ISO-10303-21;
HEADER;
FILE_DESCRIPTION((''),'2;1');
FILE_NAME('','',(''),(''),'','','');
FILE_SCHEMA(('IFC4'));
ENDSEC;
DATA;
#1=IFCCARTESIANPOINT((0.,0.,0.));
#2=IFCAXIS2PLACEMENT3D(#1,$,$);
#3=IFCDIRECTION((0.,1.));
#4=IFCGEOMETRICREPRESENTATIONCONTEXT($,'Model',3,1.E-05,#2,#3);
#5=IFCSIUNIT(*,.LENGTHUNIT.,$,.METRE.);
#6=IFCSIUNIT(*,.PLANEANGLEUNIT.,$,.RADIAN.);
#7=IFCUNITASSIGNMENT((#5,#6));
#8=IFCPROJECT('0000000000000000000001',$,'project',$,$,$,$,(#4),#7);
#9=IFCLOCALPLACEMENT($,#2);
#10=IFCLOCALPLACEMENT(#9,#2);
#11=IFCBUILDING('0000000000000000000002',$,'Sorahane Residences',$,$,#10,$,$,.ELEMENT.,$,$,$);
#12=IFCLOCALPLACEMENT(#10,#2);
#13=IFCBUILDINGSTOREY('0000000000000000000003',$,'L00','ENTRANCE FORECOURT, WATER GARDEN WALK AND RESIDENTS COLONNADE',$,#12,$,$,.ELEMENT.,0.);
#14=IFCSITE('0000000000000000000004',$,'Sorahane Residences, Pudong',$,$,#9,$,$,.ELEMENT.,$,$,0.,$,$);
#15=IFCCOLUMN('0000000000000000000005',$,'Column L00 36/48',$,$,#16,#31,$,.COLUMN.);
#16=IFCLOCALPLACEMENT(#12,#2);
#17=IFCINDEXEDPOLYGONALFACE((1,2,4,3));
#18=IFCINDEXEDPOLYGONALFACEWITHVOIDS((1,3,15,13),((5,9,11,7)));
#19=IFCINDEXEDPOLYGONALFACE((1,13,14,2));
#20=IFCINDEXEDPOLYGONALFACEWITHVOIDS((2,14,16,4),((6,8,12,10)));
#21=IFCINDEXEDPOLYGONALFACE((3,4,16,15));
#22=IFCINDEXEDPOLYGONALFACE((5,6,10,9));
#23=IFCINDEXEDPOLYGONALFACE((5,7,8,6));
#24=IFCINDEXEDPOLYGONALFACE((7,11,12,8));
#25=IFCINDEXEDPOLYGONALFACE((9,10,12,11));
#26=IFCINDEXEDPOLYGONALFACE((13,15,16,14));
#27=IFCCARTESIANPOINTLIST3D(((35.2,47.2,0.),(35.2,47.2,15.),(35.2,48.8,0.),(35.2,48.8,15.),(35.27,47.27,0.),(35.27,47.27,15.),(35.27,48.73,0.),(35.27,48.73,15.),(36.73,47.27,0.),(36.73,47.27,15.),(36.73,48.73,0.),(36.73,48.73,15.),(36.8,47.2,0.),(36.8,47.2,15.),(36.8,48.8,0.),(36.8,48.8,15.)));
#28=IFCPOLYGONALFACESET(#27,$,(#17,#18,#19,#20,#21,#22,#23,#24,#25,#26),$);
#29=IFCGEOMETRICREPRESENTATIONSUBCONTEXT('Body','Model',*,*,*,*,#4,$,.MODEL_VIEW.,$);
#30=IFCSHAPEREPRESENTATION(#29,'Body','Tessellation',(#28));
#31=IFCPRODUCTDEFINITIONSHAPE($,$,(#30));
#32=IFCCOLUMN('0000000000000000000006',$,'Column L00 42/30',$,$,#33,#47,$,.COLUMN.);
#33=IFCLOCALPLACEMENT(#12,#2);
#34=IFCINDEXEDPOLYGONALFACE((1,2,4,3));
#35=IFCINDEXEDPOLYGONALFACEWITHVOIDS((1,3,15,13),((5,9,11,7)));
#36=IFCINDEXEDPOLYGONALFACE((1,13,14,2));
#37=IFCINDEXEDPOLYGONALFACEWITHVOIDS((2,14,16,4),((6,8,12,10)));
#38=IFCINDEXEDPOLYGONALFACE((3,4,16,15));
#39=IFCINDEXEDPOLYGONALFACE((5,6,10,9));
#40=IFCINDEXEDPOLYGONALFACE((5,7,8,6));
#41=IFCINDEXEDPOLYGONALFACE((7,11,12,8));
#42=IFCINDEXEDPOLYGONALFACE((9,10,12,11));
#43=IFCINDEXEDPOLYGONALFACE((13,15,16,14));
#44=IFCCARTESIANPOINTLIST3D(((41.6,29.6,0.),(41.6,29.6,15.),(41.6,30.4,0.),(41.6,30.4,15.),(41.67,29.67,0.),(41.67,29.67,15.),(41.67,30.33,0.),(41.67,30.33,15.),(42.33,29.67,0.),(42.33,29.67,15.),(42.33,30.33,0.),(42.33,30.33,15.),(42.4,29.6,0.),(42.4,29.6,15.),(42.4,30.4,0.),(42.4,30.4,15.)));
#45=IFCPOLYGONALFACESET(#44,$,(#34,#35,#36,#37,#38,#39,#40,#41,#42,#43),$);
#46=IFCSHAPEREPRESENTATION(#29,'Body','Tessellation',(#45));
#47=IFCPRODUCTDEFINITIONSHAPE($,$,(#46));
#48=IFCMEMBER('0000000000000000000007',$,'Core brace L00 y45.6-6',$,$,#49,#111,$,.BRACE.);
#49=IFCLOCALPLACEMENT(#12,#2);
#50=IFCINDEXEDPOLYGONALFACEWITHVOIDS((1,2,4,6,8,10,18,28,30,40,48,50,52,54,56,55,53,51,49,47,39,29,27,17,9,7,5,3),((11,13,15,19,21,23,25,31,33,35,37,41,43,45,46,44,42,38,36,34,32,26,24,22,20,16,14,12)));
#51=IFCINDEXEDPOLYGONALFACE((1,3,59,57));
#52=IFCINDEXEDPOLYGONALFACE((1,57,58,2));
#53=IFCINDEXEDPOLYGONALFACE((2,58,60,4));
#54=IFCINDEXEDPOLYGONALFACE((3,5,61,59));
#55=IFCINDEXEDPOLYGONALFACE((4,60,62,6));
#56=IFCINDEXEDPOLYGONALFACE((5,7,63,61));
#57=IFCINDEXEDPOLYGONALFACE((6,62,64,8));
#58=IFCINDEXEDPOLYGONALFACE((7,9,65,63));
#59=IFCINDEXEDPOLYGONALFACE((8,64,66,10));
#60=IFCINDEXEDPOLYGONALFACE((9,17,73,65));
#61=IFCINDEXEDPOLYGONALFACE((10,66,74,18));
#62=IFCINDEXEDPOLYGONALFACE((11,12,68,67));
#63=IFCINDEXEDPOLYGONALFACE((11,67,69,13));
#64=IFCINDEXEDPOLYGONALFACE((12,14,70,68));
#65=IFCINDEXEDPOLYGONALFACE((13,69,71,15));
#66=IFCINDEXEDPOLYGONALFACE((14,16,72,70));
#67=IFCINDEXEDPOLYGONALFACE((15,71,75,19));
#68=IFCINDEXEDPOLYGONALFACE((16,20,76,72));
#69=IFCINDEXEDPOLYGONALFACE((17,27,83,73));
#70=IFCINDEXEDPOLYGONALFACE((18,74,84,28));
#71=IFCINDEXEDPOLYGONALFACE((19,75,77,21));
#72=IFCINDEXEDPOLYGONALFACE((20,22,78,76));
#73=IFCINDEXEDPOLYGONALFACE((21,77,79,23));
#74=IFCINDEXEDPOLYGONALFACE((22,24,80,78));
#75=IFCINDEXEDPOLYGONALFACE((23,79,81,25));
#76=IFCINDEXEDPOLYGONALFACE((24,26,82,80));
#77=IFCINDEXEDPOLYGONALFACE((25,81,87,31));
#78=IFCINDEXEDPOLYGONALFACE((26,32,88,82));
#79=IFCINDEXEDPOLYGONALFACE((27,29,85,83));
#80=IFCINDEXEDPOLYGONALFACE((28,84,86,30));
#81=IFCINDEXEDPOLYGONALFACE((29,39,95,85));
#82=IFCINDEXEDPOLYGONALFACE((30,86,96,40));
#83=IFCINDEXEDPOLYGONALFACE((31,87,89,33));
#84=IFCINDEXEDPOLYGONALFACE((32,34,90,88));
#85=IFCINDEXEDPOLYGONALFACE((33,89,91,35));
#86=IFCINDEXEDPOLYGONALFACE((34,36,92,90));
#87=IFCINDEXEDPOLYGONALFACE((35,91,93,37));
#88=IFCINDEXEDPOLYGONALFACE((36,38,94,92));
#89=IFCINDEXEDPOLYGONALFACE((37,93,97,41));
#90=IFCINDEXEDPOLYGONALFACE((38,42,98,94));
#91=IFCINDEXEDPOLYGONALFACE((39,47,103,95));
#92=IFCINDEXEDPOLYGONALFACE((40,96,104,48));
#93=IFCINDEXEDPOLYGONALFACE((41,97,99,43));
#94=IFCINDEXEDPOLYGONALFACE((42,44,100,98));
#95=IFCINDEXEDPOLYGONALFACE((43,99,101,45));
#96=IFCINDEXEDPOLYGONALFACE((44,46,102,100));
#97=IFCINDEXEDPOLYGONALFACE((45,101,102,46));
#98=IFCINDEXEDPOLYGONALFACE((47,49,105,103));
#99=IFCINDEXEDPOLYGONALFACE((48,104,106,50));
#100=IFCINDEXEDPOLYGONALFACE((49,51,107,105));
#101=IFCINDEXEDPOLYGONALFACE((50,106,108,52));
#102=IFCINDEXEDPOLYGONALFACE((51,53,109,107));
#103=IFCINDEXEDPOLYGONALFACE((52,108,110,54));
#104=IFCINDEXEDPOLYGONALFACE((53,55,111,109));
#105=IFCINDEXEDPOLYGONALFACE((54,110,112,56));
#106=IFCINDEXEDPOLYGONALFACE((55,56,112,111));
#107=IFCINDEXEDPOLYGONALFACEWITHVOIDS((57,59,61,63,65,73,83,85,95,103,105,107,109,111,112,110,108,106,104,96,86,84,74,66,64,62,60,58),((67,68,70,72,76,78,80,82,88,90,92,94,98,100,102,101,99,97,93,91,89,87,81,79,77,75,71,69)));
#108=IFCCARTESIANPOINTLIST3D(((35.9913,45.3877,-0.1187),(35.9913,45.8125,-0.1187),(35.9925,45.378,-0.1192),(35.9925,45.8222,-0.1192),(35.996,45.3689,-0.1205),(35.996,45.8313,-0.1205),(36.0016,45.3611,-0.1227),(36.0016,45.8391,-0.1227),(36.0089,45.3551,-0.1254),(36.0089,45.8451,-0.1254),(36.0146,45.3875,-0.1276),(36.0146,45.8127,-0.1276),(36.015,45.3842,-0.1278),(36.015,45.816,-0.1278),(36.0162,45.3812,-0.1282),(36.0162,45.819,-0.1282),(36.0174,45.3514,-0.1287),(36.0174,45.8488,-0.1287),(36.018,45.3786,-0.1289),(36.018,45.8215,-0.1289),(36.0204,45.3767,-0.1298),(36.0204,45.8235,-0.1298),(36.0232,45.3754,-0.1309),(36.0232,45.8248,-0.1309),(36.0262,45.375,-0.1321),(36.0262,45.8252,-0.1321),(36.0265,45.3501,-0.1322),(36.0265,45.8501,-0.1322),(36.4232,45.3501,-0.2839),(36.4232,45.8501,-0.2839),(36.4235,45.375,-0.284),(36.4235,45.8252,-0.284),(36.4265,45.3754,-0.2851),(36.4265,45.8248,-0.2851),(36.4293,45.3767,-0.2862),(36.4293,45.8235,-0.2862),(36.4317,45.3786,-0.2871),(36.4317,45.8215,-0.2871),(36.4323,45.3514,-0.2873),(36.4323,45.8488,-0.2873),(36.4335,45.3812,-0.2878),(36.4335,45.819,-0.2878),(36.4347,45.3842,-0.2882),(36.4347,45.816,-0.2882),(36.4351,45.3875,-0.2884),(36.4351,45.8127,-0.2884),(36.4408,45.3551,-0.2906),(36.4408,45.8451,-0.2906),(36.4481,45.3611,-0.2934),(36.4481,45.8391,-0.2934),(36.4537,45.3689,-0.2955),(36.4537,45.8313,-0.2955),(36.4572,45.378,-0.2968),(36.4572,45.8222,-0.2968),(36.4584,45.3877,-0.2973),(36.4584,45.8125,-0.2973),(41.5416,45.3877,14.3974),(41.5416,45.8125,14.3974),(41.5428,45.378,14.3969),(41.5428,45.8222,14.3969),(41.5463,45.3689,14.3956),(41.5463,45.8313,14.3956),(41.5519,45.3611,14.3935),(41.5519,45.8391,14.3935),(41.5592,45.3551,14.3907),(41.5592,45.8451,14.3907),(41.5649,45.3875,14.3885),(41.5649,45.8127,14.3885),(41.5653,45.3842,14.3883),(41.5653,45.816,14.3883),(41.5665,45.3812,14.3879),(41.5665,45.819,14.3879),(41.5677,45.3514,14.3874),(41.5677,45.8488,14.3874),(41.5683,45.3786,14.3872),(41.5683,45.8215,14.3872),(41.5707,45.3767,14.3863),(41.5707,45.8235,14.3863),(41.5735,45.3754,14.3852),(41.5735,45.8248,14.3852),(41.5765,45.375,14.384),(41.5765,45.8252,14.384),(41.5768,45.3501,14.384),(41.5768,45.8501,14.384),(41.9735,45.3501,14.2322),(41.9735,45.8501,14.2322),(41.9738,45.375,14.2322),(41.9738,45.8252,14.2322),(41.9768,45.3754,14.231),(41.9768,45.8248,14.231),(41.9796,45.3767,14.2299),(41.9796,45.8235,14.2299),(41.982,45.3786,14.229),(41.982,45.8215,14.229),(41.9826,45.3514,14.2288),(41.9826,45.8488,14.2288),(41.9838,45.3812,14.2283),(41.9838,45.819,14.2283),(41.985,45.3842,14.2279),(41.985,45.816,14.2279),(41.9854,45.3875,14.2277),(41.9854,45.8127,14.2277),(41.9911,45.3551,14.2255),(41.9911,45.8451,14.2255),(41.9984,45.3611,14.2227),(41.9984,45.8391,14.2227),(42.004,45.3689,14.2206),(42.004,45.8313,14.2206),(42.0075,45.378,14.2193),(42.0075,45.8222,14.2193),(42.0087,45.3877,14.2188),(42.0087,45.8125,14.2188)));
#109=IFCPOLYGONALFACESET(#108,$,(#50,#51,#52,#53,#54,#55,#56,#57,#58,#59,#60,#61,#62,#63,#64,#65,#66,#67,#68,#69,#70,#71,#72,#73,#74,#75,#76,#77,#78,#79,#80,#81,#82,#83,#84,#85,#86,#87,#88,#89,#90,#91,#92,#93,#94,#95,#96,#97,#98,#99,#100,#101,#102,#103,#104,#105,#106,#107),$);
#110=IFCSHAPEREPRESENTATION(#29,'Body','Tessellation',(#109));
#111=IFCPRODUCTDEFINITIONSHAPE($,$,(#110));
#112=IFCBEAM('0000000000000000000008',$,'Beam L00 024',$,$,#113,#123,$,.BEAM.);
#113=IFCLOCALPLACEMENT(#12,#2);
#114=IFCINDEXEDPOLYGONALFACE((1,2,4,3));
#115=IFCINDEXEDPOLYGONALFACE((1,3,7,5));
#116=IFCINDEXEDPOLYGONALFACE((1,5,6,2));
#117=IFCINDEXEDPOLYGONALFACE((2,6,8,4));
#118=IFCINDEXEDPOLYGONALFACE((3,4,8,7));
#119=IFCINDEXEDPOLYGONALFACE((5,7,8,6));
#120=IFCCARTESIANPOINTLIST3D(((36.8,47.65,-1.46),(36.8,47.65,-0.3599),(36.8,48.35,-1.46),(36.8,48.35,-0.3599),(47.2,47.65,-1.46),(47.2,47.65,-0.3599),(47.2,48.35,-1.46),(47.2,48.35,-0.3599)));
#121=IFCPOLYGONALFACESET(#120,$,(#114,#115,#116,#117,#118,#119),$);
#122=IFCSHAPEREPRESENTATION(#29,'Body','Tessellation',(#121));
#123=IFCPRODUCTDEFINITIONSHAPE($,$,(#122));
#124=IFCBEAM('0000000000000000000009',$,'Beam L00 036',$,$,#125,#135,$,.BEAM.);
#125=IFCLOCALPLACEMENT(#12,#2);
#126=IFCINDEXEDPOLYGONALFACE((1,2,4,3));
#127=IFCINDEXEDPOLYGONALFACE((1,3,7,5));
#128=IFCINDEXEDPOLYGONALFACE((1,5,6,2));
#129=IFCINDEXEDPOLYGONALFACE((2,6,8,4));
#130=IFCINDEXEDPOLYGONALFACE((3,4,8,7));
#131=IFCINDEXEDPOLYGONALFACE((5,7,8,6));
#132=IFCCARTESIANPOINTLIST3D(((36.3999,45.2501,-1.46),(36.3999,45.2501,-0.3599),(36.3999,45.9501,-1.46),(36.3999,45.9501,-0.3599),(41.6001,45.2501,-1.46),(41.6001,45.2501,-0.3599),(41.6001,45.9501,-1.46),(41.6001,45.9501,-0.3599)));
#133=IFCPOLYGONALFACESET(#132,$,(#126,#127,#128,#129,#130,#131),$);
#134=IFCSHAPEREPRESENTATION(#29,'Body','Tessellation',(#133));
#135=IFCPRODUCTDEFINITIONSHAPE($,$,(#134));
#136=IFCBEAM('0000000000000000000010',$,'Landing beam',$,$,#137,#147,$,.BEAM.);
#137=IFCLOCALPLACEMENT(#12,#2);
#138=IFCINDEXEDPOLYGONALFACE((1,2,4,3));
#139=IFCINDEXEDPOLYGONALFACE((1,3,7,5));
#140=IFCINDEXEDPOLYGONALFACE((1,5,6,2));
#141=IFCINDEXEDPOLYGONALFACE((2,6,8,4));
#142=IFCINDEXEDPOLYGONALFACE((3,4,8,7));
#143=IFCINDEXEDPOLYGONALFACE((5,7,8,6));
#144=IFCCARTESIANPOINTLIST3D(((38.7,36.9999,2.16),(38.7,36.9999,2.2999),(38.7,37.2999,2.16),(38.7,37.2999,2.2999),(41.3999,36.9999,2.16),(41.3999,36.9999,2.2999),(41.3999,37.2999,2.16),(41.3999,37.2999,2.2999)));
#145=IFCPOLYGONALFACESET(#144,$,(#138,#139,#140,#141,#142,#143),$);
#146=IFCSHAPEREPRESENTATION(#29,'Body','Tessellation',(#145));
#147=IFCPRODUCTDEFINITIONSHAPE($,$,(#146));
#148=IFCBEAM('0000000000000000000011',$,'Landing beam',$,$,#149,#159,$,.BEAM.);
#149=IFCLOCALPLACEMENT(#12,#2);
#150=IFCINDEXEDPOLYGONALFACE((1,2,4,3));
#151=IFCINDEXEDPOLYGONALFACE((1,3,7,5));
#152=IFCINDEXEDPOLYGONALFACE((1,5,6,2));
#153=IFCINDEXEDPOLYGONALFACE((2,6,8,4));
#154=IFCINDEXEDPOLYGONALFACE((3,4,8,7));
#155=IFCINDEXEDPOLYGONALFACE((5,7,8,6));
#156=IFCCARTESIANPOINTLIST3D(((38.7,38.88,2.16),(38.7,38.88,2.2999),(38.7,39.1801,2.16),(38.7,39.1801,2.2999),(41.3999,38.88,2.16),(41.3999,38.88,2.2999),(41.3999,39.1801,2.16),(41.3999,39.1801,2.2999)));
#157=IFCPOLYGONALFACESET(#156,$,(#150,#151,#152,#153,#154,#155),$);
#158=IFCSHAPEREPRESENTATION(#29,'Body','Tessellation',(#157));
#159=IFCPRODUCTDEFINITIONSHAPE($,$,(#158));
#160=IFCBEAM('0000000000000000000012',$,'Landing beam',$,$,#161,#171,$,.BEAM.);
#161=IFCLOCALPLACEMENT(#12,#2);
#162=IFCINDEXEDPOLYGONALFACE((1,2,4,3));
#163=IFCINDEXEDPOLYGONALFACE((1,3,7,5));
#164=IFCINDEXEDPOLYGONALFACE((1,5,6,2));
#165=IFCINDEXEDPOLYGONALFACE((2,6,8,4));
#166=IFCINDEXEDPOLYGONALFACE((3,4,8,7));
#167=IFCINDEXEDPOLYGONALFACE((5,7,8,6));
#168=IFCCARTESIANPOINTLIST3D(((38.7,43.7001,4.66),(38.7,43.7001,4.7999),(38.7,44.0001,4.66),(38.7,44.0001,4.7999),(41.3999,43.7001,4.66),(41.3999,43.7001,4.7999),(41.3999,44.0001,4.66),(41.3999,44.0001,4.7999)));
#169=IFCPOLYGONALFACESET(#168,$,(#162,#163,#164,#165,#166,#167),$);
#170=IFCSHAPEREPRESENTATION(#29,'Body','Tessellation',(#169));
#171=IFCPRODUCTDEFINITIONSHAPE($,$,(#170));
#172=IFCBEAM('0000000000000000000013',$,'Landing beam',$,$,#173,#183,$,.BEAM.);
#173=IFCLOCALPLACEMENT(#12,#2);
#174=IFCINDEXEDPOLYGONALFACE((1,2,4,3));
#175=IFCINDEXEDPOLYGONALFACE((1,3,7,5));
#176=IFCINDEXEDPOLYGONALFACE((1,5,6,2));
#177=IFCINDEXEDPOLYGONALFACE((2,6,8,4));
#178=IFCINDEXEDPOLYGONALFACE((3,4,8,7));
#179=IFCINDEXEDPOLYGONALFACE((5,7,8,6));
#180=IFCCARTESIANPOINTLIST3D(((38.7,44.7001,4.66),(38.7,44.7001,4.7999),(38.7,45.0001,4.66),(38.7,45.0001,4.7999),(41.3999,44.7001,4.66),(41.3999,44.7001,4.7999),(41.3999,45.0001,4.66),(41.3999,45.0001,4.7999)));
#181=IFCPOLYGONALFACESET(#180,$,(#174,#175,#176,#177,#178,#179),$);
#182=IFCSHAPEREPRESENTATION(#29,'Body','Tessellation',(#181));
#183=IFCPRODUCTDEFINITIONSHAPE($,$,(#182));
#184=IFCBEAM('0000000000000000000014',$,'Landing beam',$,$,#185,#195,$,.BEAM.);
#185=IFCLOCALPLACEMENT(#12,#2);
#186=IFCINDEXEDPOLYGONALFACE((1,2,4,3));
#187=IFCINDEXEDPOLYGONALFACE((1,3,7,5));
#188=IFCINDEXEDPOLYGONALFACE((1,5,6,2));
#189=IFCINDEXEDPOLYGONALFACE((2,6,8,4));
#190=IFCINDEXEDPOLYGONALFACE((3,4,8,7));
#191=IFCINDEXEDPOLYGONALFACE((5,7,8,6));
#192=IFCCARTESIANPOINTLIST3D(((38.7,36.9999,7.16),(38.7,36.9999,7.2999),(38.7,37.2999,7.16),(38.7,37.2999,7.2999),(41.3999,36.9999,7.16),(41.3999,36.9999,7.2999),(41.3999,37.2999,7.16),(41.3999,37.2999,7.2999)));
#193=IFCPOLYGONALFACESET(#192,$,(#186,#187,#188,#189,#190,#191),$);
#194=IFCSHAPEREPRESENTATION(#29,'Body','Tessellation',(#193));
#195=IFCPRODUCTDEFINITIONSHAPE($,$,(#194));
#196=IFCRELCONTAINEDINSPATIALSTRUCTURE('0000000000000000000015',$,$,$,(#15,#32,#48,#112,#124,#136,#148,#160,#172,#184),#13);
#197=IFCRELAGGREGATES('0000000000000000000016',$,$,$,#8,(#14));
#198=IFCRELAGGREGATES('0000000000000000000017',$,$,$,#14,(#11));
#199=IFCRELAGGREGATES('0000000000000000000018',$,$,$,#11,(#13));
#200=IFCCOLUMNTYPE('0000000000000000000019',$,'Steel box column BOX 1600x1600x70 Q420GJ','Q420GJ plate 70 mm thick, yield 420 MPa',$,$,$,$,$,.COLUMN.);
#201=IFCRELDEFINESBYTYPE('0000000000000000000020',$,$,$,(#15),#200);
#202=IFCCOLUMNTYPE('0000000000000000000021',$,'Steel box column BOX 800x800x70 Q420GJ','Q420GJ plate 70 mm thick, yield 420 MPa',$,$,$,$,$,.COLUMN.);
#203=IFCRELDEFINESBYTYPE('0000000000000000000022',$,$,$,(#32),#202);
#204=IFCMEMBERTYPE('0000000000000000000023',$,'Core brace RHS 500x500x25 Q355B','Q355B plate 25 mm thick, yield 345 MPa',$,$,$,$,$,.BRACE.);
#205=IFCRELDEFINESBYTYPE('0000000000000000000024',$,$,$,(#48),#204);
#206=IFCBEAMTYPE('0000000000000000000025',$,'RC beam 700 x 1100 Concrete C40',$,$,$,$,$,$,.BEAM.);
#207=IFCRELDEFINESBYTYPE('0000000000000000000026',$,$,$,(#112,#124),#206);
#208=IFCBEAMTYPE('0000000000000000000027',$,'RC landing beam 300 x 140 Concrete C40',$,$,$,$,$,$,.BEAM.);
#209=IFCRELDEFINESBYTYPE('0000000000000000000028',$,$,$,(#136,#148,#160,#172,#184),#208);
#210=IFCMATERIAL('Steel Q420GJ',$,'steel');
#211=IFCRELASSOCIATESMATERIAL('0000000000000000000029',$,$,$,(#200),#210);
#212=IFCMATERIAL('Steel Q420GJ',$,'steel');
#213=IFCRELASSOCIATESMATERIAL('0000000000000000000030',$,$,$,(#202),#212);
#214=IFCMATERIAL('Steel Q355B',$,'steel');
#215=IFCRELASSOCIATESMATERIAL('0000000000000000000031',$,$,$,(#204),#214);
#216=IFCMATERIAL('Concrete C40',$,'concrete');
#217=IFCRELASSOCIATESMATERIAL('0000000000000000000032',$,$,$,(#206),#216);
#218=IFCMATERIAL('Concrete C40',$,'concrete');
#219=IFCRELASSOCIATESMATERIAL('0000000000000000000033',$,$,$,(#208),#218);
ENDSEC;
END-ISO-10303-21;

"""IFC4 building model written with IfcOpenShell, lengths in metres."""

from ifc_helpers import new_model, si_unit, direction, frame, origin, origin_2d, place, context, subcontext, project, spatial, rectangle, hollow_rectangle, extrude, material, material_profile, profile_set, type_object, element, save


model = new_model("IFC4")

# Units and contexts
model_context = context("Model", 3, precision=1e-05, world=origin(), true_north=direction((0.0, 1.0)))
body_context = subcontext(model_context, "Body", "Model", "MODEL_VIEW")
ifc_project = project(units=[si_unit("LENGTHUNIT", "METRE"), si_unit("PLANEANGLEUNIT", "RADIAN")], contexts=[model_context])

# Site, building, storey
site_placement = place(None, origin())
site = spatial("IfcSite", under=ifc_project, at=site_placement, Name="Sorahane Residences, Pudong", CompositionType="ELEMENT", RefElevation=0.0)
building_placement = place(site_placement, origin())
building = spatial("IfcBuilding", under=site, at=building_placement, Name="Sorahane Residences", CompositionType="ELEMENT")
storey_placement = place(building_placement, origin())
storey = spatial("IfcBuildingStorey", under=building, at=storey_placement, Name="L00", Description="ENTRANCE FORECOURT, WATER GARDEN WALK AND RESIDENTS COLONNADE", CompositionType="ELEMENT", Elevation=0.0)

# Columns
ifc_material_1 = material(Name="Steel Q420GJ", Category="steel")
ifc_material_profile_1 = material_profile(ifc_material_1, hollow_rectangle(XDim=1.6001, YDim=1.6001, WallThickness=0.0701, at=origin_2d()), Name="BOX 1600x1600x70")
ifc_profile_set_1 = profile_set([ifc_material_profile_1], Name="Steel Q420GJ")
column_type_1 = type_object("IfcColumnType", Name="Steel box column BOX 1600x1600x70 Q420GJ", Description="Q420GJ plate 70 mm thick, yield 420 MPa", PredefinedType="COLUMN", material=ifc_profile_set_1)
column_1_placement = place(storey_placement, frame((36.0, 48.0, 0.0), z_axis=(0.0, 0.0, 1.0), x_axis=(1.0, 0.0, 0.0)))
element("IfcColumn", 1, at=column_1_placement, inside=storey, type_object=column_type_1, Name="Column L00 36/48", PredefinedType="COLUMN", context=body_context, shape_type="SweptSolid", body=[
    extrude(hollow_rectangle(XDim=1.6001, YDim=1.6001, WallThickness=0.0701, at=origin_2d()), origin(), (0.0, 0.0, 1.0), 15.0),
])
ifc_material_2 = material(Name="Steel Q420GJ", Category="steel")
ifc_material_profile_2 = material_profile(ifc_material_2, hollow_rectangle(XDim=0.8, YDim=0.8, WallThickness=0.0701, at=origin_2d()), Name="BOX 800x800x70")
ifc_profile_set_2 = profile_set([ifc_material_profile_2], Name="Steel Q420GJ")
column_type_2 = type_object("IfcColumnType", Name="Steel box column BOX 800x800x70 Q420GJ", Description="Q420GJ plate 70 mm thick, yield 420 MPa", PredefinedType="COLUMN", material=ifc_profile_set_2)
column_2_placement = place(storey_placement, frame((42.0, 30.0, 0.0), z_axis=(0.0, 0.0, 1.0), x_axis=(1.0, 0.0, 0.0)))
element("IfcColumn", 2, at=column_2_placement, inside=storey, type_object=column_type_2, Name="Column L00 42/30", PredefinedType="COLUMN", context=body_context, shape_type="SweptSolid", body=[
    extrude(hollow_rectangle(XDim=0.8, YDim=0.8, WallThickness=0.0701, at=origin_2d()), origin(), (0.0, 0.0, 1.0), 15.0),
])

# Member
ifc_material_3 = material(Name="Steel Q355B", Category="steel")
ifc_material_profile_3 = material_profile(ifc_material_3, hollow_rectangle(XDim=0.5, YDim=0.5, WallThickness=0.0249, InnerFilletRadius=0.0125, OuterFilletRadius=0.0376, at=origin_2d()), Name="RHS 500x500x25")
ifc_profile_set_3 = profile_set([ifc_material_profile_3], Name="Steel Q355B")
member_type = type_object("IfcMemberType", Name="Core brace RHS 500x500x25 Q355B", Description="Q355B plate 25 mm thick, yield 345 MPa", PredefinedType="BRACE", material=ifc_profile_set_3)
member_placement = place(storey_placement, frame((36.2249, 45.6001, -0.208), z_axis=(0.357138, 0.0, 0.934052), x_axis=(0.0, 1.0, 0.0)))
element("IfcMember", 3, at=member_placement, inside=storey, type_object=member_type, Name="Core brace L00 y45.6-6", PredefinedType="BRACE", context=body_context, shape_type="SweptSolid", body=[
    extrude(hollow_rectangle(XDim=0.5, YDim=0.5, WallThickness=0.0249, InnerFilletRadius=0.0125, OuterFilletRadius=0.0376, at=origin_2d()), origin(), (0.0, 0.0, 1.0), 15.541),
])

# Beams
ifc_material_4 = material(Name="Concrete C40", Category="concrete")
ifc_material_profile_4 = material_profile(ifc_material_4, rectangle(XDim=0.7, YDim=1.1001, at=origin_2d()), Name="700x1100")
ifc_profile_set_4 = profile_set([ifc_material_profile_4], Name="Concrete C40")
beam_type_1 = type_object("IfcBeamType", Name="RC beam 700 x 1100 Concrete C40", PredefinedType="BEAM", material=ifc_profile_set_4)
beam_1_placement = place(storey_placement, frame((36.8, 48.0, -0.9099), z_axis=(1.0, 0.0, 0.0), x_axis=(0.0, 1.0, 0.0)))
element("IfcBeam", 4, at=beam_1_placement, inside=storey, type_object=beam_type_1, Name="Beam L00 024", PredefinedType="BEAM", context=body_context, shape_type="SweptSolid", body=[
    extrude(rectangle(XDim=0.7, YDim=1.1001, at=origin_2d()), origin(), (0.0, 0.0, 1.0), 10.3999),
])
beam_2_placement = place(storey_placement, frame((36.3999, 45.6001, -0.9099), z_axis=(1.0, 0.0, 0.0), x_axis=(0.0, 1.0, 0.0)))
element("IfcBeam", 5, at=beam_2_placement, inside=storey, type_object=beam_type_1, Name="Beam L00 036", PredefinedType="BEAM", context=body_context, shape_type="SweptSolid", body=[
    extrude(rectangle(XDim=0.7, YDim=1.1001, at=origin_2d()), origin(), (0.0, 0.0, 1.0), 5.2002),
])
ifc_material_5 = material(Name="Concrete C40", Category="concrete")
ifc_material_profile_5 = material_profile(ifc_material_5, rectangle(XDim=0.3, YDim=0.1399, at=origin_2d()), Name="300x140")
ifc_profile_set_5 = profile_set([ifc_material_profile_5], Name="Concrete C40")
beam_type_2 = type_object("IfcBeamType", Name="RC landing beam 300 x 140 Concrete C40", PredefinedType="BEAM", material=ifc_profile_set_5)
for number, where, z_axis, x_axis, name in (
    (6, (38.7, 37.1499, 2.23), (1.0, 0.0, 0.0), (0.0, 1.0, 0.0), "Landing beam"),
    (7, (38.7, 39.03, 2.23), (1.0, 0.0, 0.0), (0.0, 1.0, 0.0), "Landing beam"),
    (8, (38.7, 43.8501, 4.73), (1.0, 0.0, 0.0), (0.0, 1.0, 0.0), "Landing beam"),
    (9, (38.7, 44.8501, 4.73), (1.0, 0.0, 0.0), (0.0, 1.0, 0.0), "Landing beam"),
    (10, (38.7, 37.1499, 7.23), (1.0, 0.0, 0.0), (0.0, 1.0, 0.0), "Landing beam"),
):
    element("IfcBeam", number, at=place(storey_placement, frame(where, z_axis=z_axis, x_axis=x_axis)), inside=storey, type_object=beam_type_2, Name=name, PredefinedType="BEAM", context=body_context, shape_type="SweptSolid", body=[
        extrude(rectangle(XDim=0.3, YDim=0.1399, at=origin_2d()), origin(), (0.0, 0.0, 1.0), 2.7),
    ])

save(model, "model.ifc")
